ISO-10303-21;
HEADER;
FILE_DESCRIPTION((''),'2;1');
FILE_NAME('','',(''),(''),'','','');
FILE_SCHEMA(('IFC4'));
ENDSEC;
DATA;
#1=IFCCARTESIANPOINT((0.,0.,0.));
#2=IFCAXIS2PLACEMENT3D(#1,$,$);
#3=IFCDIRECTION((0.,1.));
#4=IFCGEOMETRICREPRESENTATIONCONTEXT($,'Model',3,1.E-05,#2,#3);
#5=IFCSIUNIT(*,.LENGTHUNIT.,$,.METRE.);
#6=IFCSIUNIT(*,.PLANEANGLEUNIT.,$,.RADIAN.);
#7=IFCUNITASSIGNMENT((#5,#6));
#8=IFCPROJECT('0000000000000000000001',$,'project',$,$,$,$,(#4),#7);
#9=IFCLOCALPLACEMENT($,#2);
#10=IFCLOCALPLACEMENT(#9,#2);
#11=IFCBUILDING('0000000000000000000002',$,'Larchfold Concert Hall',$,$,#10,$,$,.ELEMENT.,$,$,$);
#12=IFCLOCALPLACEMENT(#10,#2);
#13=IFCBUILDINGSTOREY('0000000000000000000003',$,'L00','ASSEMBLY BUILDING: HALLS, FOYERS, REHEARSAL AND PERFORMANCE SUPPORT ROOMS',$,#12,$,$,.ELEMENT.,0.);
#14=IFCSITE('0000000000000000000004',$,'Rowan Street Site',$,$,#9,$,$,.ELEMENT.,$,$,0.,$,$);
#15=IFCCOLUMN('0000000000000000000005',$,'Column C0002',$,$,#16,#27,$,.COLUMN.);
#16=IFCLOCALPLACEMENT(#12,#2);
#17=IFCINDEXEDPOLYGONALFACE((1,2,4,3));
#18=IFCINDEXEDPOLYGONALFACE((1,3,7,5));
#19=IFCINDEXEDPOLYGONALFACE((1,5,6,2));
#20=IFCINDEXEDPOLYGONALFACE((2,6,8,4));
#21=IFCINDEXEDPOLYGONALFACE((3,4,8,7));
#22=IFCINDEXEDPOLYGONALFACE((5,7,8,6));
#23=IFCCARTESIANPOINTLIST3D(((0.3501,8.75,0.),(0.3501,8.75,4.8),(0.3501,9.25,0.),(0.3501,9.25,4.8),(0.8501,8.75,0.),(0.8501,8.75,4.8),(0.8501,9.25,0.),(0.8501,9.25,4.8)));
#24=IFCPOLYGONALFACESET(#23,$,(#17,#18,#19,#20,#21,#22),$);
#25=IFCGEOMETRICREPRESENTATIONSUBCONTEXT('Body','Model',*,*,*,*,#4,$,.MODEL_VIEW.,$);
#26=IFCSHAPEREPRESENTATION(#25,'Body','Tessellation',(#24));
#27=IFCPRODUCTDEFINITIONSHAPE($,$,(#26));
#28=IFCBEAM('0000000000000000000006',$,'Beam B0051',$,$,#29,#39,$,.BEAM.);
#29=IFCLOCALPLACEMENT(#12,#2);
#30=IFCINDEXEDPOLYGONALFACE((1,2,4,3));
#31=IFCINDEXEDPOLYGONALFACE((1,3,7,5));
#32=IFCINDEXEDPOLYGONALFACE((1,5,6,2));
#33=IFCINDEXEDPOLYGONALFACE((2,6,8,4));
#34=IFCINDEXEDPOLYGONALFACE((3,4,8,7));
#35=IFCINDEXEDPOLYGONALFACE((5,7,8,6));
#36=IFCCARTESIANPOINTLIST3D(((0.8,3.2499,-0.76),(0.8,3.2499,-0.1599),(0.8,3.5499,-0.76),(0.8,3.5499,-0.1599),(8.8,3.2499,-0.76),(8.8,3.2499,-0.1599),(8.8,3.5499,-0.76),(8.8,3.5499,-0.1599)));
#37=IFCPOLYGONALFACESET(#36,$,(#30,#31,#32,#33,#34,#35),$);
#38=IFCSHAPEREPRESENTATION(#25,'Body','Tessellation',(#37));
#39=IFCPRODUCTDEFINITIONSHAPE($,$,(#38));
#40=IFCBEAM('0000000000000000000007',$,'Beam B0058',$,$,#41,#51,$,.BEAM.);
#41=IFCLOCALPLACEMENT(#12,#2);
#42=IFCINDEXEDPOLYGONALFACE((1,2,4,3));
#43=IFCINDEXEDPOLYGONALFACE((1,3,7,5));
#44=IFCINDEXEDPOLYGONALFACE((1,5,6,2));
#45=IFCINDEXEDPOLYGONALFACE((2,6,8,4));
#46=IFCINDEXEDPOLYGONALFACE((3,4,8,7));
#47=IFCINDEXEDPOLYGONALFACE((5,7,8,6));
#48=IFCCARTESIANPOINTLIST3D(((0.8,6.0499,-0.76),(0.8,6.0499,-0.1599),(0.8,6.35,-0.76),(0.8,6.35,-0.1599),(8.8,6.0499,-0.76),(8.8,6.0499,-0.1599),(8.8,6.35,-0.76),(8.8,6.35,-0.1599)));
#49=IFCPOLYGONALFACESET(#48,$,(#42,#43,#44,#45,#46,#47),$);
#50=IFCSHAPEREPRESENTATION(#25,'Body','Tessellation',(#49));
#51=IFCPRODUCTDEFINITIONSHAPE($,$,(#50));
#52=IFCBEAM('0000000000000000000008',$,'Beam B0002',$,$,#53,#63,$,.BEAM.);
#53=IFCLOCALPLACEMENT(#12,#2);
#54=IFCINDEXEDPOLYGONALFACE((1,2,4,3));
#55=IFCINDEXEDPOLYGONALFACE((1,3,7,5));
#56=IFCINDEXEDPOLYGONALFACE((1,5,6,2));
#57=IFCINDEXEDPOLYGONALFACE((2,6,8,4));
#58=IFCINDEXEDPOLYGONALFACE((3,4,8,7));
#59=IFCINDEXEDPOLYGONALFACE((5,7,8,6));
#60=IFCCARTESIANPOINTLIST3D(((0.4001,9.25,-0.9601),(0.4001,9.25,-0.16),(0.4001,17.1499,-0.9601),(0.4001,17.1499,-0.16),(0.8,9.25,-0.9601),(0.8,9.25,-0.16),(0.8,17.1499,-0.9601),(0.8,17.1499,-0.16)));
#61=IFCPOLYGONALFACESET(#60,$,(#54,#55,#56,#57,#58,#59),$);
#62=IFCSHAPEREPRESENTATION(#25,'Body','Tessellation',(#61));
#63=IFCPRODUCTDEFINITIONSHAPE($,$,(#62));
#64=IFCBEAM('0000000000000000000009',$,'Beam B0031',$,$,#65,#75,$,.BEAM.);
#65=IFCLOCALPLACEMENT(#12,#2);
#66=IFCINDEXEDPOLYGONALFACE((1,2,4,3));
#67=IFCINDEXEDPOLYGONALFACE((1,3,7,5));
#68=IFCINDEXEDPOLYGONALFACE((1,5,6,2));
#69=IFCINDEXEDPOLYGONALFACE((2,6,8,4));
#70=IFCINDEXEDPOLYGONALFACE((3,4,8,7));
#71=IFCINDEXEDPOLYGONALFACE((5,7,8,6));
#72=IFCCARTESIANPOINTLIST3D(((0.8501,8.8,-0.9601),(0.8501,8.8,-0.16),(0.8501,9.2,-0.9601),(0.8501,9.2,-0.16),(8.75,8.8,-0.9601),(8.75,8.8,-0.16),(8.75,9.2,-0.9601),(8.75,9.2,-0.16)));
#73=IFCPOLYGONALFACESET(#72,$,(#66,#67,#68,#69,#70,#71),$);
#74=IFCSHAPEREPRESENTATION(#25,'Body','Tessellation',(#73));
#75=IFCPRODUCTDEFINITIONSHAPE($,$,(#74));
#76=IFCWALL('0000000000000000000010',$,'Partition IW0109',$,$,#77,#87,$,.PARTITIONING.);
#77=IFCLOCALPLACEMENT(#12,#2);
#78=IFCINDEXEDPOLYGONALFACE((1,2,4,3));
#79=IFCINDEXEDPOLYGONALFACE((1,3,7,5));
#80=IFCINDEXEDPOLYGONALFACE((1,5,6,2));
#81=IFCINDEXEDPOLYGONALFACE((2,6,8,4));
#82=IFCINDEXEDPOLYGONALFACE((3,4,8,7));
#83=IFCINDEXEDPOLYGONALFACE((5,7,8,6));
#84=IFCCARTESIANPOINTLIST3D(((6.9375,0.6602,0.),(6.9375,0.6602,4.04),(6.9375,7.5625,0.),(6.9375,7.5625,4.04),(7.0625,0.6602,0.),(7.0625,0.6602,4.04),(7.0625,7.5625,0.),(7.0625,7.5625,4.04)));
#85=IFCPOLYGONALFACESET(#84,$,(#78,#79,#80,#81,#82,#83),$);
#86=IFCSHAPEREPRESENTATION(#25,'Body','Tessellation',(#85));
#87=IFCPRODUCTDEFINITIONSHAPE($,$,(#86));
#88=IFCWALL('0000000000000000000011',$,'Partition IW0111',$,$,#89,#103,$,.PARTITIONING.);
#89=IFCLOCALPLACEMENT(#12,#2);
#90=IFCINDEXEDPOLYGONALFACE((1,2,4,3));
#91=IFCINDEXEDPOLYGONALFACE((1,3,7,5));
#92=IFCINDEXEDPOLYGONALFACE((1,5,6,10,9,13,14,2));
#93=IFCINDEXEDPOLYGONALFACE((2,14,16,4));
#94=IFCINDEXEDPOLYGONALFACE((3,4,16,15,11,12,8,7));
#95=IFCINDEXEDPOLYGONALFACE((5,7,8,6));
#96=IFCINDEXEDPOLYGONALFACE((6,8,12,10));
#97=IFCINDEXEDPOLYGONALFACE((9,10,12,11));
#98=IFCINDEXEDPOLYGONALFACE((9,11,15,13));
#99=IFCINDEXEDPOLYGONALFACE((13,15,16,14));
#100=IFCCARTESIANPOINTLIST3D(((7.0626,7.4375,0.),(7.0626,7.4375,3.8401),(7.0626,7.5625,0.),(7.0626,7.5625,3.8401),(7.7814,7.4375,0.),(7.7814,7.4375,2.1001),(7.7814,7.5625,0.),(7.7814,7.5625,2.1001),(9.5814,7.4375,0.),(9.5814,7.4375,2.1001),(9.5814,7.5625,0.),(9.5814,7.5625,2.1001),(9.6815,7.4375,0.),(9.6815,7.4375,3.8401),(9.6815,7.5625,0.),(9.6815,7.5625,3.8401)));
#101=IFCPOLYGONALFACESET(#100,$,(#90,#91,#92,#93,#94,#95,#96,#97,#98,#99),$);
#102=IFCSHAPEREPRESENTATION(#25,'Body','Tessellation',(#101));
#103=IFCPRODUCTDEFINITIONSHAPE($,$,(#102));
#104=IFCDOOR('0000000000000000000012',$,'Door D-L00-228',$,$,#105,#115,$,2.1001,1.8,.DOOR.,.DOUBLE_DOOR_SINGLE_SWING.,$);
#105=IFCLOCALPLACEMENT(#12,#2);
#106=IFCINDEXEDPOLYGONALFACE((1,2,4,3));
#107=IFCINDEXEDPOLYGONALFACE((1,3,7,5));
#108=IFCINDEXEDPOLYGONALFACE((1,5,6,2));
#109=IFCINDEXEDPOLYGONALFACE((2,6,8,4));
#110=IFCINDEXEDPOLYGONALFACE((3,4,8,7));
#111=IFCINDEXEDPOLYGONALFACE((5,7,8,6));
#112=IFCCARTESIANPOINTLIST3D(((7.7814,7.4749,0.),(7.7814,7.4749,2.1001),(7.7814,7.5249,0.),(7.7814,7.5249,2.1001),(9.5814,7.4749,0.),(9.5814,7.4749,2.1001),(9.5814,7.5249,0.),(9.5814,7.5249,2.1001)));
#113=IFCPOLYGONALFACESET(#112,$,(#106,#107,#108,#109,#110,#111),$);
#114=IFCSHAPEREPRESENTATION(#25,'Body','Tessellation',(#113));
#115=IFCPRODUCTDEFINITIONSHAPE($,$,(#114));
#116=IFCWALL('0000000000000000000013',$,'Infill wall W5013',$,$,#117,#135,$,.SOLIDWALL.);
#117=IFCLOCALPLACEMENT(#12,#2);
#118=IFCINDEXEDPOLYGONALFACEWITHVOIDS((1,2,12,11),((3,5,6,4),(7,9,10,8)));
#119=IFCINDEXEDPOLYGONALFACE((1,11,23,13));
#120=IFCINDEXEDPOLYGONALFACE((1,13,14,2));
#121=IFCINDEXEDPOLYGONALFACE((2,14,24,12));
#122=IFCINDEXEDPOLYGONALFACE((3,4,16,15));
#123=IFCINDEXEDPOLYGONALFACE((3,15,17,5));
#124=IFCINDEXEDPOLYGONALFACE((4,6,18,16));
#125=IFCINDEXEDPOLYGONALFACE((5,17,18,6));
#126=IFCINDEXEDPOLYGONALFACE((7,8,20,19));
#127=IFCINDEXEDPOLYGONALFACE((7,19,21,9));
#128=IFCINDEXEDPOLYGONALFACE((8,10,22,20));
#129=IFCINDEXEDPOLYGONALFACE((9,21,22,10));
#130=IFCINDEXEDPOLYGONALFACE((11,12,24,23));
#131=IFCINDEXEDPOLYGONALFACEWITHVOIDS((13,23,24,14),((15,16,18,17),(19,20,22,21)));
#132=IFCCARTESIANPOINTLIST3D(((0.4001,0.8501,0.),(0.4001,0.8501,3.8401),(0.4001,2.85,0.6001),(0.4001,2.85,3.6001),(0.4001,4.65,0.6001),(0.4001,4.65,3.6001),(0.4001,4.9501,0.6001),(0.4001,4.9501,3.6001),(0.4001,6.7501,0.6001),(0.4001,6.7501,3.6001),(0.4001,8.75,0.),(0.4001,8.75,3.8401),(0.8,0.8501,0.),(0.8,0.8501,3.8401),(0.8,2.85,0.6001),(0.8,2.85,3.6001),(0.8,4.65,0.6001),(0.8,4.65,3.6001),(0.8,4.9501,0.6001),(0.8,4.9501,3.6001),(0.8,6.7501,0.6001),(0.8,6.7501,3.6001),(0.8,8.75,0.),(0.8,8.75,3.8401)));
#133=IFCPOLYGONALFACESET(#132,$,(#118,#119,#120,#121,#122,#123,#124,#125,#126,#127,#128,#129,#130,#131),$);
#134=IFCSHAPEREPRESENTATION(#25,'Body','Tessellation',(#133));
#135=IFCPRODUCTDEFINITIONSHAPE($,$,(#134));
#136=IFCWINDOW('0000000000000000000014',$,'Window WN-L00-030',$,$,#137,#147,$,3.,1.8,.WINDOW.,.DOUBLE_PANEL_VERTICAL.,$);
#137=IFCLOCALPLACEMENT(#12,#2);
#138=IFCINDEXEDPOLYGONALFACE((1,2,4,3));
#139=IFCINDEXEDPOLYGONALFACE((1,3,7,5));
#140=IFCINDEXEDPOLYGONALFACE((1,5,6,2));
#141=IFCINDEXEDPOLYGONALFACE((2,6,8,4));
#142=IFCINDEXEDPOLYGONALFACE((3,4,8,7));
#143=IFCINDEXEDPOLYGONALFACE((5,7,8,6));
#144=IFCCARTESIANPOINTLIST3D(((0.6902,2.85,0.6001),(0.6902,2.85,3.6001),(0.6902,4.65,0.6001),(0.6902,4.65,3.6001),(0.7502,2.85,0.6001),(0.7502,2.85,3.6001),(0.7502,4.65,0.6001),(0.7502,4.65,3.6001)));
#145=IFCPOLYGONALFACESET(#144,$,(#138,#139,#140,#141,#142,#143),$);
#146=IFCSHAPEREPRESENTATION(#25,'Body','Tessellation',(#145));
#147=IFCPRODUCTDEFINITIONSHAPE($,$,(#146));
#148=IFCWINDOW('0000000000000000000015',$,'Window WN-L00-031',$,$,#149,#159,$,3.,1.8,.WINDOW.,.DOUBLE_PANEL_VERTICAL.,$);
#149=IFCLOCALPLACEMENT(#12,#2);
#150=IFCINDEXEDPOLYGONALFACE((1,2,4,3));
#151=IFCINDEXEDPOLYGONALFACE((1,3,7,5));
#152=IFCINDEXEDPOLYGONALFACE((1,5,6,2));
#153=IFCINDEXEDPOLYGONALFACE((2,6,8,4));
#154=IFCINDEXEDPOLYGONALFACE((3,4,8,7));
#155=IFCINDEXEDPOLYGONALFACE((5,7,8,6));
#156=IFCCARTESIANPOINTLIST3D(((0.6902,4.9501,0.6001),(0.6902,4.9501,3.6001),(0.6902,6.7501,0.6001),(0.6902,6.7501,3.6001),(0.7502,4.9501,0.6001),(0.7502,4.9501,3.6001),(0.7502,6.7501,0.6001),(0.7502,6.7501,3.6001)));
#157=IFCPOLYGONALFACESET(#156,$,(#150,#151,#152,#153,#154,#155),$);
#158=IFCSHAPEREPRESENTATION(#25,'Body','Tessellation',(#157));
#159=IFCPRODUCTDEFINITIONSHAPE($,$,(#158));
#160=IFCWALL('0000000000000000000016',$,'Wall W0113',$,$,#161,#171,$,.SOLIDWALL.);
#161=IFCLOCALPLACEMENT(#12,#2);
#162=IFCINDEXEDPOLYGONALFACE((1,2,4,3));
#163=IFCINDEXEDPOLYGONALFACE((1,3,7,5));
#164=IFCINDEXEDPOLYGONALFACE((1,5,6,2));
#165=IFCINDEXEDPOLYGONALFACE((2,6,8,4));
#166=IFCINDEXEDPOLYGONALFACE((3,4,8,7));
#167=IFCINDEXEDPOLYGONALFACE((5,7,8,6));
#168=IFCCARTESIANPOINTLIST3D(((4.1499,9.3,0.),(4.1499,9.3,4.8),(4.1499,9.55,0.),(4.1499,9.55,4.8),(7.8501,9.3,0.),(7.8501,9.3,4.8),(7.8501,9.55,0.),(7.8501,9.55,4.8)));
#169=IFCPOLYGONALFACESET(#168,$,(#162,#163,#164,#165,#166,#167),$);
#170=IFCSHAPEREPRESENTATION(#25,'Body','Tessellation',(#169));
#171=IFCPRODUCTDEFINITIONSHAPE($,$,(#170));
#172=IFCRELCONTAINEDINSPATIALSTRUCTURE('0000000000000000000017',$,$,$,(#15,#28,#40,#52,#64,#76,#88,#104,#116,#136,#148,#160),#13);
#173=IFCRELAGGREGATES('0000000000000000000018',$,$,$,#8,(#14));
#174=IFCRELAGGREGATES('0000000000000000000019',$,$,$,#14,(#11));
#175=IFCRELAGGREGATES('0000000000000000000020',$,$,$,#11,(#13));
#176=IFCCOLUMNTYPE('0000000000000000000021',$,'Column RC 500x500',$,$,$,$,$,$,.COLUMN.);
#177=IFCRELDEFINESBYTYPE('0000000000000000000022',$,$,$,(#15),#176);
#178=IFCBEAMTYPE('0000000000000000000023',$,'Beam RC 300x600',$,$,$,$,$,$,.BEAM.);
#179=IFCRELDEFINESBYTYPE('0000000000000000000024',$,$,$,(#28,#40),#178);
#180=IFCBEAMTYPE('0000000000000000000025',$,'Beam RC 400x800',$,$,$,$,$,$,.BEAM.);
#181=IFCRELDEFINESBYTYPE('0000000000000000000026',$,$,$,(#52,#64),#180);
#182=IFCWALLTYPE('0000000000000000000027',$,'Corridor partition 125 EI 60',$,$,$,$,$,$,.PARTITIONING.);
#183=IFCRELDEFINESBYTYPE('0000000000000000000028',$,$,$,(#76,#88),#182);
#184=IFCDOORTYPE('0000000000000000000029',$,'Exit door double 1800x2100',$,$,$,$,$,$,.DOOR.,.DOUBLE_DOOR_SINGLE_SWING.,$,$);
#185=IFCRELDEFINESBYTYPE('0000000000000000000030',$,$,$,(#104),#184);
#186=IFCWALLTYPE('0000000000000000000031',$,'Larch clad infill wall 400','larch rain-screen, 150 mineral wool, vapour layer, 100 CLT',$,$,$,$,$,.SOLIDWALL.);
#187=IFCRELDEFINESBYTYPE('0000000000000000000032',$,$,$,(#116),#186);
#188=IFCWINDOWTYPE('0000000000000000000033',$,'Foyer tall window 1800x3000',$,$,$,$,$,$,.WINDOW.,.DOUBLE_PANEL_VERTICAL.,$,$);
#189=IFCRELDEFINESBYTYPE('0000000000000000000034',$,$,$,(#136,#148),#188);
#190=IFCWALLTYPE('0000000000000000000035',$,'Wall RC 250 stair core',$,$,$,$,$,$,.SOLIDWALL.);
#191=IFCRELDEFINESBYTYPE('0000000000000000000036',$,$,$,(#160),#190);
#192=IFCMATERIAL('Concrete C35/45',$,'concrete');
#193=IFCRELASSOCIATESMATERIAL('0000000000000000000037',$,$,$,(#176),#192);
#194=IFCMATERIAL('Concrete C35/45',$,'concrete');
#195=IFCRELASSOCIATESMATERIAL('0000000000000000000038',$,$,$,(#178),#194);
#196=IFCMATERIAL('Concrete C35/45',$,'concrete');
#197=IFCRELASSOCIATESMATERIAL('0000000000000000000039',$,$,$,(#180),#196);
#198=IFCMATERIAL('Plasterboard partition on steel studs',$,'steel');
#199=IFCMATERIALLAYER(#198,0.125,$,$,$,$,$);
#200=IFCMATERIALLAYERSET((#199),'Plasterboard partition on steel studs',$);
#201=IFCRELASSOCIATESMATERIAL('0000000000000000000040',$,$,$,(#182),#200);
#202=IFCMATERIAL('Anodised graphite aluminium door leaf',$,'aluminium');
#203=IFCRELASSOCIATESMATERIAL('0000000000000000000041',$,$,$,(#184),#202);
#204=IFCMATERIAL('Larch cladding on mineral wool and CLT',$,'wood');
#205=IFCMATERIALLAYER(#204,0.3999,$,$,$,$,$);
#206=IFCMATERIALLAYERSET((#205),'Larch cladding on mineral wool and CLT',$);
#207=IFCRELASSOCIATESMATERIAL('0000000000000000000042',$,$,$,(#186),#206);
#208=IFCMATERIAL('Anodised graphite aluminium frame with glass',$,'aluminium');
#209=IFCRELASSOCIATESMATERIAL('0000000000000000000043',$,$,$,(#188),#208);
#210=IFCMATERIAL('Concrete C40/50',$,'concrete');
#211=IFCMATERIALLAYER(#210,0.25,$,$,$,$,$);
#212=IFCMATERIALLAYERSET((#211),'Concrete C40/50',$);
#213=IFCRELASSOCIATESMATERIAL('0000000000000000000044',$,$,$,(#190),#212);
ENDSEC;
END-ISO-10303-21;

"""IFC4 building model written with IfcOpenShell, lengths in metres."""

from ifc_helpers import new_model, si_unit, direction, frame, frame_2d, origin, origin_2d, place, context, subcontext, project, spatial, rectangle, extrude, material, layer, layer_set, material_profile, profile_set, type_object, element, fill, save


model = new_model("IFC4")

# Units and contexts
model_context = context("Model", 3, precision=1e-05, world=origin(), true_north=direction((0.0, 1.0)))
body_context = subcontext(model_context, "Body", "Model", "MODEL_VIEW")
ifc_project = project(units=[si_unit("LENGTHUNIT", "METRE"), si_unit("PLANEANGLEUNIT", "RADIAN")], contexts=[model_context])

# Site, building, storey
site_placement = place(None, origin())
site = spatial("IfcSite", under=ifc_project, at=site_placement, Name="Rowan Street Site", CompositionType="ELEMENT", RefElevation=0.0)
building_placement = place(site_placement, origin())
building = spatial("IfcBuilding", under=site, at=building_placement, Name="Larchfold Concert Hall", CompositionType="ELEMENT")
storey_placement = place(building_placement, origin())
storey = spatial("IfcBuildingStorey", under=building, at=storey_placement, Name="L00", Description="ASSEMBLY BUILDING: HALLS, FOYERS, REHEARSAL AND PERFORMANCE SUPPORT ROOMS", CompositionType="ELEMENT", Elevation=0.0)

# Column
ifc_material_1 = material(Name="Concrete C35/45", Category="concrete")
ifc_material_profile_1 = material_profile(ifc_material_1, rectangle(XDim=0.5, YDim=0.5, at=origin_2d()))
ifc_profile_set_1 = profile_set([ifc_material_profile_1], Name="Concrete C35/45")
column_type = type_object("IfcColumnType", Name="Column RC 500x500", PredefinedType="COLUMN", material=ifc_profile_set_1)
column_placement = place(storey_placement, frame((0.6001, 9.0, 0.0), z_axis=(0.0, 0.0, 1.0), x_axis=(1.0, 0.0, 0.0)))
element("IfcColumn", 1, at=column_placement, inside=storey, type_object=column_type, Name="Column C0002", PredefinedType="COLUMN", context=body_context, shape_type="SweptSolid", body=[
    extrude(rectangle(XDim=0.5, YDim=0.5, at=origin_2d()), origin(), (0.0, 0.0, 1.0), 4.8),
])

# Beams
ifc_material_2 = material(Name="Concrete C35/45", Category="concrete")
ifc_material_profile_2 = material_profile(ifc_material_2, rectangle(XDim=0.3, YDim=0.6001, at=origin_2d()))
ifc_profile_set_2 = profile_set([ifc_material_profile_2], Name="Concrete C35/45")
beam_type_1 = type_object("IfcBeamType", Name="Beam RC 300x600", PredefinedType="BEAM", material=ifc_profile_set_2)
for number, where, z_axis, x_axis, name in (
    (2, (0.8, 3.3999, -0.46), (1.0, 0.0, 0.0), (0.0, 1.0, 0.0), "Beam B0051"),
    (3, (0.8, 6.2, -0.46), (1.0, 0.0, 0.0), (0.0, 1.0, 0.0), "Beam B0058"),
):
    element("IfcBeam", number, at=place(storey_placement, frame(where, z_axis=z_axis, x_axis=x_axis)), inside=storey, type_object=beam_type_1, Name=name, PredefinedType="BEAM", context=body_context, shape_type="SweptSolid", body=[
        extrude(rectangle(XDim=0.3, YDim=0.6001, at=origin_2d()), origin(), (0.0, 0.0, 1.0), 8.0),
    ])
ifc_material_3 = material(Name="Concrete C35/45", Category="concrete")
ifc_material_profile_3 = material_profile(ifc_material_3, rectangle(XDim=0.3999, YDim=0.8, at=origin_2d()))
ifc_profile_set_3 = profile_set([ifc_material_profile_3], Name="Concrete C35/45")
beam_type_2 = type_object("IfcBeamType", Name="Beam RC 400x800", PredefinedType="BEAM", material=ifc_profile_set_3)
for number, where, z_axis, x_axis, name in (
    (4, (0.6001, 9.25, -0.5601), (0.0, 1.0, 0.0), (-1.0, 0.0, 0.0), "Beam B0002"),
    (5, (0.8501, 9.0, -0.5601), (1.0, 0.0, 0.0), (0.0, 1.0, 0.0), "Beam B0031"),
):
    element("IfcBeam", number, at=place(storey_placement, frame(where, z_axis=z_axis, x_axis=x_axis)), inside=storey, type_object=beam_type_2, Name=name, PredefinedType="BEAM", context=body_context, shape_type="SweptSolid", body=[
        extrude(rectangle(XDim=0.3999, YDim=0.8, at=origin_2d()), origin(), (0.0, 0.0, 1.0), 7.8999),
    ])

# Wall
ifc_material_4 = material(Name="Plasterboard partition on steel studs", Category="steel")
ifc_layer_1 = layer(ifc_material_4, 0.125)
ifc_layer_set_1 = layer_set([ifc_layer_1], Name="Plasterboard partition on steel studs")
wall_type_1 = type_object("IfcWallType", Name="Corridor partition 125 EI 60", PredefinedType="PARTITIONING", material=ifc_layer_set_1)
wall_1_placement = place(storey_placement, frame((7.0, 7.5625, 0.0), z_axis=(0.0, 0.0, 1.0), x_axis=(0.0, -1.0, 0.0)))
element("IfcWall", 6, at=wall_1_placement, inside=storey, type_object=wall_type_1, Name="Partition IW0109", PredefinedType="PARTITIONING", context=body_context, shape_type="SweptSolid", body=[
    extrude(rectangle(XDim=6.9023, YDim=0.125, at=frame_2d((3.4512, 0.0))), origin(), (0.0, 0.0, 1.0), 4.04),
])

# Wall, opening, door
wall_2_placement = place(storey_placement, frame((7.0625, 7.5, 0.0), z_axis=(0.0, 0.0, 1.0), x_axis=(1.0, 0.0, 0.0)))
wall_2 = element("IfcWall", 7, at=wall_2_placement, inside=storey, type_object=wall_type_1, Name="Partition IW0111", PredefinedType="PARTITIONING", context=body_context, shape_type="SweptSolid", body=[
    extrude(rectangle(XDim=2.6189, YDim=0.125, at=frame_2d((1.3096, 0.0))), origin(), (0.0, 0.0, 1.0), 3.8401),
])
opening_1_placement = place(wall_2_placement, frame((0.719, 0.0, 0.0)))
opening_1 = element("IfcOpeningElement", 8, at=opening_1_placement, cuts=wall_2, PredefinedType="OPENING", context=body_context, shape_type="SweptSolid", body=[
    extrude(rectangle(XDim=1.8, YDim=2.1001, at=frame_2d((0.8999, 1.05))), frame((0.0, 0.0725, 0.0), z_axis=(0.0, -1.0, 0.0), x_axis=(1.0, 0.0, 0.0)), (0.0, 0.0, 1.0), 0.145),
])
ifc_material_5 = material(Name="Anodised graphite aluminium door leaf", Category="aluminium")
door_type_1 = type_object("IfcDoorType", Name="Exit door double 1800x2100", OperationType="DOUBLE_DOOR_SINGLE_SWING", PredefinedType="DOOR", material=ifc_material_5)
door_1_placement = place(opening_1_placement, origin())
door_1 = element("IfcDoor", 9, at=door_1_placement, inside=storey, type_object=door_type_1, Name="Door D-L00-228", OperationType="DOUBLE_DOOR_SINGLE_SWING", OverallHeight=2.1001, OverallWidth=1.8, PredefinedType="DOOR", context=body_context, shape_type="SweptSolid", body=[
    extrude(rectangle(XDim=1.8, YDim=2.1001, at=frame_2d((0.8999, 1.05))), frame((0.0, 0.0249, 0.0), z_axis=(0.0, -1.0, 0.0), x_axis=(1.0, 0.0, 0.0)), (0.0, 0.0, 1.0), 0.05),
])
fill(opening_1, door_1)

# Wall, openings, windows
ifc_material_6 = material(Name="Larch cladding on mineral wool and CLT", Category="wood")
ifc_layer_2 = layer(ifc_material_6, 0.3999)
ifc_layer_set_2 = layer_set([ifc_layer_2], Name="Larch cladding on mineral wool and CLT")
wall_type_2 = type_object("IfcWallType", Name="Larch clad infill wall 400", Description="larch rain-screen, 150 mineral wool, vapour layer, 100 CLT", PredefinedType="SOLIDWALL", material=ifc_layer_set_2)
wall_3_placement = place(storey_placement, frame((0.6001, 8.75, 0.0), z_axis=(0.0, 0.0, 1.0), x_axis=(0.0, -1.0, 0.0)))
wall_3 = element("IfcWall", 10, at=wall_3_placement, inside=storey, type_object=wall_type_2, Name="Infill wall W5013", PredefinedType="SOLIDWALL", context=body_context, shape_type="SweptSolid", body=[
    extrude(rectangle(XDim=7.8999, YDim=0.3999, at=frame_2d((3.95, 0.0))), origin(), (0.0, 0.0, 1.0), 3.8401),
])
opening_2_placement = place(wall_3_placement, frame((4.1001, 0.0, 0.6001)))
opening_2 = element("IfcOpeningElement", 11, at=opening_2_placement, cuts=wall_3, PredefinedType="OPENING", context=body_context, shape_type="SweptSolid", body=[
    extrude(rectangle(XDim=1.8, YDim=3.0, at=frame_2d((0.8999, 1.5))), frame((0.0, 0.21, 0.0), z_axis=(0.0, -1.0, 0.0), x_axis=(1.0, 0.0, 0.0)), (0.0, 0.0, 1.0), 0.4199),
])
opening_3_placement = place(wall_3_placement, frame((2.0, 0.0, 0.6001)))
opening_3 = element("IfcOpeningElement", 12, at=opening_3_placement, cuts=wall_3, PredefinedType="OPENING", context=body_context, shape_type="SweptSolid", body=[
    extrude(rectangle(XDim=1.8, YDim=3.0, at=frame_2d((0.8999, 1.5))), frame((0.0, 0.21, 0.0), z_axis=(0.0, -1.0, 0.0), x_axis=(1.0, 0.0, 0.0)), (0.0, 0.0, 1.0), 0.4199),
])
ifc_material_7 = material(Name="Anodised graphite aluminium frame with glass", Category="aluminium")
window_type = type_object("IfcWindowType", Name="Foyer tall window 1800x3000", PartitioningType="DOUBLE_PANEL_VERTICAL", PredefinedType="WINDOW", material=ifc_material_7)
window_1_placement = place(opening_2_placement, origin())
window_1 = element("IfcWindow", 13, at=window_1_placement, inside=storey, type_object=window_type, Name="Window WN-L00-030", OverallHeight=3.0, OverallWidth=1.8, PartitioningType="DOUBLE_PANEL_VERTICAL", PredefinedType="WINDOW", context=body_context, shape_type="SweptSolid", body=[
    extrude(rectangle(XDim=1.8, YDim=3.0, at=frame_2d((0.8999, 1.5))), frame((0.0, 0.1501, 0.0), z_axis=(0.0, -1.0, 0.0), x_axis=(1.0, 0.0, 0.0)), (0.0, 0.0, 1.0), 0.0601),
])
fill(opening_2, window_1)
window_2_placement = place(opening_3_placement, origin())
window_2 = element("IfcWindow", 14, at=window_2_placement, inside=storey, type_object=window_type, Name="Window WN-L00-031", OverallHeight=3.0, OverallWidth=1.8, PartitioningType="DOUBLE_PANEL_VERTICAL", PredefinedType="WINDOW", context=body_context, shape_type="SweptSolid", body=[
    extrude(rectangle(XDim=1.8, YDim=3.0, at=frame_2d((0.8999, 1.5))), frame((0.0, 0.1501, 0.0), z_axis=(0.0, -1.0, 0.0), x_axis=(1.0, 0.0, 0.0)), (0.0, 0.0, 1.0), 0.0601),
])
fill(opening_3, window_2)

# Wall
ifc_material_8 = material(Name="Concrete C40/50", Category="concrete")
ifc_layer_3 = layer(ifc_material_8, 0.25)
ifc_layer_set_3 = layer_set([ifc_layer_3], Name="Concrete C40/50")
wall_type_3 = type_object("IfcWallType", Name="Wall RC 250 stair core", PredefinedType="SOLIDWALL", material=ifc_layer_set_3)
wall_4_placement = place(storey_placement, frame((4.1499, 9.425, 0.0), z_axis=(0.0, 0.0, 1.0), x_axis=(1.0, 0.0, 0.0)))
element("IfcWall", 15, at=wall_4_placement, inside=storey, type_object=wall_type_3, Name="Wall W0113", PredefinedType="SOLIDWALL", context=body_context, shape_type="SweptSolid", body=[
    extrude(rectangle(XDim=3.7002, YDim=0.25, at=frame_2d((1.8501, 0.0))), origin(), (0.0, 0.0, 1.0), 4.8),
])

save(model, "model.ifc")
